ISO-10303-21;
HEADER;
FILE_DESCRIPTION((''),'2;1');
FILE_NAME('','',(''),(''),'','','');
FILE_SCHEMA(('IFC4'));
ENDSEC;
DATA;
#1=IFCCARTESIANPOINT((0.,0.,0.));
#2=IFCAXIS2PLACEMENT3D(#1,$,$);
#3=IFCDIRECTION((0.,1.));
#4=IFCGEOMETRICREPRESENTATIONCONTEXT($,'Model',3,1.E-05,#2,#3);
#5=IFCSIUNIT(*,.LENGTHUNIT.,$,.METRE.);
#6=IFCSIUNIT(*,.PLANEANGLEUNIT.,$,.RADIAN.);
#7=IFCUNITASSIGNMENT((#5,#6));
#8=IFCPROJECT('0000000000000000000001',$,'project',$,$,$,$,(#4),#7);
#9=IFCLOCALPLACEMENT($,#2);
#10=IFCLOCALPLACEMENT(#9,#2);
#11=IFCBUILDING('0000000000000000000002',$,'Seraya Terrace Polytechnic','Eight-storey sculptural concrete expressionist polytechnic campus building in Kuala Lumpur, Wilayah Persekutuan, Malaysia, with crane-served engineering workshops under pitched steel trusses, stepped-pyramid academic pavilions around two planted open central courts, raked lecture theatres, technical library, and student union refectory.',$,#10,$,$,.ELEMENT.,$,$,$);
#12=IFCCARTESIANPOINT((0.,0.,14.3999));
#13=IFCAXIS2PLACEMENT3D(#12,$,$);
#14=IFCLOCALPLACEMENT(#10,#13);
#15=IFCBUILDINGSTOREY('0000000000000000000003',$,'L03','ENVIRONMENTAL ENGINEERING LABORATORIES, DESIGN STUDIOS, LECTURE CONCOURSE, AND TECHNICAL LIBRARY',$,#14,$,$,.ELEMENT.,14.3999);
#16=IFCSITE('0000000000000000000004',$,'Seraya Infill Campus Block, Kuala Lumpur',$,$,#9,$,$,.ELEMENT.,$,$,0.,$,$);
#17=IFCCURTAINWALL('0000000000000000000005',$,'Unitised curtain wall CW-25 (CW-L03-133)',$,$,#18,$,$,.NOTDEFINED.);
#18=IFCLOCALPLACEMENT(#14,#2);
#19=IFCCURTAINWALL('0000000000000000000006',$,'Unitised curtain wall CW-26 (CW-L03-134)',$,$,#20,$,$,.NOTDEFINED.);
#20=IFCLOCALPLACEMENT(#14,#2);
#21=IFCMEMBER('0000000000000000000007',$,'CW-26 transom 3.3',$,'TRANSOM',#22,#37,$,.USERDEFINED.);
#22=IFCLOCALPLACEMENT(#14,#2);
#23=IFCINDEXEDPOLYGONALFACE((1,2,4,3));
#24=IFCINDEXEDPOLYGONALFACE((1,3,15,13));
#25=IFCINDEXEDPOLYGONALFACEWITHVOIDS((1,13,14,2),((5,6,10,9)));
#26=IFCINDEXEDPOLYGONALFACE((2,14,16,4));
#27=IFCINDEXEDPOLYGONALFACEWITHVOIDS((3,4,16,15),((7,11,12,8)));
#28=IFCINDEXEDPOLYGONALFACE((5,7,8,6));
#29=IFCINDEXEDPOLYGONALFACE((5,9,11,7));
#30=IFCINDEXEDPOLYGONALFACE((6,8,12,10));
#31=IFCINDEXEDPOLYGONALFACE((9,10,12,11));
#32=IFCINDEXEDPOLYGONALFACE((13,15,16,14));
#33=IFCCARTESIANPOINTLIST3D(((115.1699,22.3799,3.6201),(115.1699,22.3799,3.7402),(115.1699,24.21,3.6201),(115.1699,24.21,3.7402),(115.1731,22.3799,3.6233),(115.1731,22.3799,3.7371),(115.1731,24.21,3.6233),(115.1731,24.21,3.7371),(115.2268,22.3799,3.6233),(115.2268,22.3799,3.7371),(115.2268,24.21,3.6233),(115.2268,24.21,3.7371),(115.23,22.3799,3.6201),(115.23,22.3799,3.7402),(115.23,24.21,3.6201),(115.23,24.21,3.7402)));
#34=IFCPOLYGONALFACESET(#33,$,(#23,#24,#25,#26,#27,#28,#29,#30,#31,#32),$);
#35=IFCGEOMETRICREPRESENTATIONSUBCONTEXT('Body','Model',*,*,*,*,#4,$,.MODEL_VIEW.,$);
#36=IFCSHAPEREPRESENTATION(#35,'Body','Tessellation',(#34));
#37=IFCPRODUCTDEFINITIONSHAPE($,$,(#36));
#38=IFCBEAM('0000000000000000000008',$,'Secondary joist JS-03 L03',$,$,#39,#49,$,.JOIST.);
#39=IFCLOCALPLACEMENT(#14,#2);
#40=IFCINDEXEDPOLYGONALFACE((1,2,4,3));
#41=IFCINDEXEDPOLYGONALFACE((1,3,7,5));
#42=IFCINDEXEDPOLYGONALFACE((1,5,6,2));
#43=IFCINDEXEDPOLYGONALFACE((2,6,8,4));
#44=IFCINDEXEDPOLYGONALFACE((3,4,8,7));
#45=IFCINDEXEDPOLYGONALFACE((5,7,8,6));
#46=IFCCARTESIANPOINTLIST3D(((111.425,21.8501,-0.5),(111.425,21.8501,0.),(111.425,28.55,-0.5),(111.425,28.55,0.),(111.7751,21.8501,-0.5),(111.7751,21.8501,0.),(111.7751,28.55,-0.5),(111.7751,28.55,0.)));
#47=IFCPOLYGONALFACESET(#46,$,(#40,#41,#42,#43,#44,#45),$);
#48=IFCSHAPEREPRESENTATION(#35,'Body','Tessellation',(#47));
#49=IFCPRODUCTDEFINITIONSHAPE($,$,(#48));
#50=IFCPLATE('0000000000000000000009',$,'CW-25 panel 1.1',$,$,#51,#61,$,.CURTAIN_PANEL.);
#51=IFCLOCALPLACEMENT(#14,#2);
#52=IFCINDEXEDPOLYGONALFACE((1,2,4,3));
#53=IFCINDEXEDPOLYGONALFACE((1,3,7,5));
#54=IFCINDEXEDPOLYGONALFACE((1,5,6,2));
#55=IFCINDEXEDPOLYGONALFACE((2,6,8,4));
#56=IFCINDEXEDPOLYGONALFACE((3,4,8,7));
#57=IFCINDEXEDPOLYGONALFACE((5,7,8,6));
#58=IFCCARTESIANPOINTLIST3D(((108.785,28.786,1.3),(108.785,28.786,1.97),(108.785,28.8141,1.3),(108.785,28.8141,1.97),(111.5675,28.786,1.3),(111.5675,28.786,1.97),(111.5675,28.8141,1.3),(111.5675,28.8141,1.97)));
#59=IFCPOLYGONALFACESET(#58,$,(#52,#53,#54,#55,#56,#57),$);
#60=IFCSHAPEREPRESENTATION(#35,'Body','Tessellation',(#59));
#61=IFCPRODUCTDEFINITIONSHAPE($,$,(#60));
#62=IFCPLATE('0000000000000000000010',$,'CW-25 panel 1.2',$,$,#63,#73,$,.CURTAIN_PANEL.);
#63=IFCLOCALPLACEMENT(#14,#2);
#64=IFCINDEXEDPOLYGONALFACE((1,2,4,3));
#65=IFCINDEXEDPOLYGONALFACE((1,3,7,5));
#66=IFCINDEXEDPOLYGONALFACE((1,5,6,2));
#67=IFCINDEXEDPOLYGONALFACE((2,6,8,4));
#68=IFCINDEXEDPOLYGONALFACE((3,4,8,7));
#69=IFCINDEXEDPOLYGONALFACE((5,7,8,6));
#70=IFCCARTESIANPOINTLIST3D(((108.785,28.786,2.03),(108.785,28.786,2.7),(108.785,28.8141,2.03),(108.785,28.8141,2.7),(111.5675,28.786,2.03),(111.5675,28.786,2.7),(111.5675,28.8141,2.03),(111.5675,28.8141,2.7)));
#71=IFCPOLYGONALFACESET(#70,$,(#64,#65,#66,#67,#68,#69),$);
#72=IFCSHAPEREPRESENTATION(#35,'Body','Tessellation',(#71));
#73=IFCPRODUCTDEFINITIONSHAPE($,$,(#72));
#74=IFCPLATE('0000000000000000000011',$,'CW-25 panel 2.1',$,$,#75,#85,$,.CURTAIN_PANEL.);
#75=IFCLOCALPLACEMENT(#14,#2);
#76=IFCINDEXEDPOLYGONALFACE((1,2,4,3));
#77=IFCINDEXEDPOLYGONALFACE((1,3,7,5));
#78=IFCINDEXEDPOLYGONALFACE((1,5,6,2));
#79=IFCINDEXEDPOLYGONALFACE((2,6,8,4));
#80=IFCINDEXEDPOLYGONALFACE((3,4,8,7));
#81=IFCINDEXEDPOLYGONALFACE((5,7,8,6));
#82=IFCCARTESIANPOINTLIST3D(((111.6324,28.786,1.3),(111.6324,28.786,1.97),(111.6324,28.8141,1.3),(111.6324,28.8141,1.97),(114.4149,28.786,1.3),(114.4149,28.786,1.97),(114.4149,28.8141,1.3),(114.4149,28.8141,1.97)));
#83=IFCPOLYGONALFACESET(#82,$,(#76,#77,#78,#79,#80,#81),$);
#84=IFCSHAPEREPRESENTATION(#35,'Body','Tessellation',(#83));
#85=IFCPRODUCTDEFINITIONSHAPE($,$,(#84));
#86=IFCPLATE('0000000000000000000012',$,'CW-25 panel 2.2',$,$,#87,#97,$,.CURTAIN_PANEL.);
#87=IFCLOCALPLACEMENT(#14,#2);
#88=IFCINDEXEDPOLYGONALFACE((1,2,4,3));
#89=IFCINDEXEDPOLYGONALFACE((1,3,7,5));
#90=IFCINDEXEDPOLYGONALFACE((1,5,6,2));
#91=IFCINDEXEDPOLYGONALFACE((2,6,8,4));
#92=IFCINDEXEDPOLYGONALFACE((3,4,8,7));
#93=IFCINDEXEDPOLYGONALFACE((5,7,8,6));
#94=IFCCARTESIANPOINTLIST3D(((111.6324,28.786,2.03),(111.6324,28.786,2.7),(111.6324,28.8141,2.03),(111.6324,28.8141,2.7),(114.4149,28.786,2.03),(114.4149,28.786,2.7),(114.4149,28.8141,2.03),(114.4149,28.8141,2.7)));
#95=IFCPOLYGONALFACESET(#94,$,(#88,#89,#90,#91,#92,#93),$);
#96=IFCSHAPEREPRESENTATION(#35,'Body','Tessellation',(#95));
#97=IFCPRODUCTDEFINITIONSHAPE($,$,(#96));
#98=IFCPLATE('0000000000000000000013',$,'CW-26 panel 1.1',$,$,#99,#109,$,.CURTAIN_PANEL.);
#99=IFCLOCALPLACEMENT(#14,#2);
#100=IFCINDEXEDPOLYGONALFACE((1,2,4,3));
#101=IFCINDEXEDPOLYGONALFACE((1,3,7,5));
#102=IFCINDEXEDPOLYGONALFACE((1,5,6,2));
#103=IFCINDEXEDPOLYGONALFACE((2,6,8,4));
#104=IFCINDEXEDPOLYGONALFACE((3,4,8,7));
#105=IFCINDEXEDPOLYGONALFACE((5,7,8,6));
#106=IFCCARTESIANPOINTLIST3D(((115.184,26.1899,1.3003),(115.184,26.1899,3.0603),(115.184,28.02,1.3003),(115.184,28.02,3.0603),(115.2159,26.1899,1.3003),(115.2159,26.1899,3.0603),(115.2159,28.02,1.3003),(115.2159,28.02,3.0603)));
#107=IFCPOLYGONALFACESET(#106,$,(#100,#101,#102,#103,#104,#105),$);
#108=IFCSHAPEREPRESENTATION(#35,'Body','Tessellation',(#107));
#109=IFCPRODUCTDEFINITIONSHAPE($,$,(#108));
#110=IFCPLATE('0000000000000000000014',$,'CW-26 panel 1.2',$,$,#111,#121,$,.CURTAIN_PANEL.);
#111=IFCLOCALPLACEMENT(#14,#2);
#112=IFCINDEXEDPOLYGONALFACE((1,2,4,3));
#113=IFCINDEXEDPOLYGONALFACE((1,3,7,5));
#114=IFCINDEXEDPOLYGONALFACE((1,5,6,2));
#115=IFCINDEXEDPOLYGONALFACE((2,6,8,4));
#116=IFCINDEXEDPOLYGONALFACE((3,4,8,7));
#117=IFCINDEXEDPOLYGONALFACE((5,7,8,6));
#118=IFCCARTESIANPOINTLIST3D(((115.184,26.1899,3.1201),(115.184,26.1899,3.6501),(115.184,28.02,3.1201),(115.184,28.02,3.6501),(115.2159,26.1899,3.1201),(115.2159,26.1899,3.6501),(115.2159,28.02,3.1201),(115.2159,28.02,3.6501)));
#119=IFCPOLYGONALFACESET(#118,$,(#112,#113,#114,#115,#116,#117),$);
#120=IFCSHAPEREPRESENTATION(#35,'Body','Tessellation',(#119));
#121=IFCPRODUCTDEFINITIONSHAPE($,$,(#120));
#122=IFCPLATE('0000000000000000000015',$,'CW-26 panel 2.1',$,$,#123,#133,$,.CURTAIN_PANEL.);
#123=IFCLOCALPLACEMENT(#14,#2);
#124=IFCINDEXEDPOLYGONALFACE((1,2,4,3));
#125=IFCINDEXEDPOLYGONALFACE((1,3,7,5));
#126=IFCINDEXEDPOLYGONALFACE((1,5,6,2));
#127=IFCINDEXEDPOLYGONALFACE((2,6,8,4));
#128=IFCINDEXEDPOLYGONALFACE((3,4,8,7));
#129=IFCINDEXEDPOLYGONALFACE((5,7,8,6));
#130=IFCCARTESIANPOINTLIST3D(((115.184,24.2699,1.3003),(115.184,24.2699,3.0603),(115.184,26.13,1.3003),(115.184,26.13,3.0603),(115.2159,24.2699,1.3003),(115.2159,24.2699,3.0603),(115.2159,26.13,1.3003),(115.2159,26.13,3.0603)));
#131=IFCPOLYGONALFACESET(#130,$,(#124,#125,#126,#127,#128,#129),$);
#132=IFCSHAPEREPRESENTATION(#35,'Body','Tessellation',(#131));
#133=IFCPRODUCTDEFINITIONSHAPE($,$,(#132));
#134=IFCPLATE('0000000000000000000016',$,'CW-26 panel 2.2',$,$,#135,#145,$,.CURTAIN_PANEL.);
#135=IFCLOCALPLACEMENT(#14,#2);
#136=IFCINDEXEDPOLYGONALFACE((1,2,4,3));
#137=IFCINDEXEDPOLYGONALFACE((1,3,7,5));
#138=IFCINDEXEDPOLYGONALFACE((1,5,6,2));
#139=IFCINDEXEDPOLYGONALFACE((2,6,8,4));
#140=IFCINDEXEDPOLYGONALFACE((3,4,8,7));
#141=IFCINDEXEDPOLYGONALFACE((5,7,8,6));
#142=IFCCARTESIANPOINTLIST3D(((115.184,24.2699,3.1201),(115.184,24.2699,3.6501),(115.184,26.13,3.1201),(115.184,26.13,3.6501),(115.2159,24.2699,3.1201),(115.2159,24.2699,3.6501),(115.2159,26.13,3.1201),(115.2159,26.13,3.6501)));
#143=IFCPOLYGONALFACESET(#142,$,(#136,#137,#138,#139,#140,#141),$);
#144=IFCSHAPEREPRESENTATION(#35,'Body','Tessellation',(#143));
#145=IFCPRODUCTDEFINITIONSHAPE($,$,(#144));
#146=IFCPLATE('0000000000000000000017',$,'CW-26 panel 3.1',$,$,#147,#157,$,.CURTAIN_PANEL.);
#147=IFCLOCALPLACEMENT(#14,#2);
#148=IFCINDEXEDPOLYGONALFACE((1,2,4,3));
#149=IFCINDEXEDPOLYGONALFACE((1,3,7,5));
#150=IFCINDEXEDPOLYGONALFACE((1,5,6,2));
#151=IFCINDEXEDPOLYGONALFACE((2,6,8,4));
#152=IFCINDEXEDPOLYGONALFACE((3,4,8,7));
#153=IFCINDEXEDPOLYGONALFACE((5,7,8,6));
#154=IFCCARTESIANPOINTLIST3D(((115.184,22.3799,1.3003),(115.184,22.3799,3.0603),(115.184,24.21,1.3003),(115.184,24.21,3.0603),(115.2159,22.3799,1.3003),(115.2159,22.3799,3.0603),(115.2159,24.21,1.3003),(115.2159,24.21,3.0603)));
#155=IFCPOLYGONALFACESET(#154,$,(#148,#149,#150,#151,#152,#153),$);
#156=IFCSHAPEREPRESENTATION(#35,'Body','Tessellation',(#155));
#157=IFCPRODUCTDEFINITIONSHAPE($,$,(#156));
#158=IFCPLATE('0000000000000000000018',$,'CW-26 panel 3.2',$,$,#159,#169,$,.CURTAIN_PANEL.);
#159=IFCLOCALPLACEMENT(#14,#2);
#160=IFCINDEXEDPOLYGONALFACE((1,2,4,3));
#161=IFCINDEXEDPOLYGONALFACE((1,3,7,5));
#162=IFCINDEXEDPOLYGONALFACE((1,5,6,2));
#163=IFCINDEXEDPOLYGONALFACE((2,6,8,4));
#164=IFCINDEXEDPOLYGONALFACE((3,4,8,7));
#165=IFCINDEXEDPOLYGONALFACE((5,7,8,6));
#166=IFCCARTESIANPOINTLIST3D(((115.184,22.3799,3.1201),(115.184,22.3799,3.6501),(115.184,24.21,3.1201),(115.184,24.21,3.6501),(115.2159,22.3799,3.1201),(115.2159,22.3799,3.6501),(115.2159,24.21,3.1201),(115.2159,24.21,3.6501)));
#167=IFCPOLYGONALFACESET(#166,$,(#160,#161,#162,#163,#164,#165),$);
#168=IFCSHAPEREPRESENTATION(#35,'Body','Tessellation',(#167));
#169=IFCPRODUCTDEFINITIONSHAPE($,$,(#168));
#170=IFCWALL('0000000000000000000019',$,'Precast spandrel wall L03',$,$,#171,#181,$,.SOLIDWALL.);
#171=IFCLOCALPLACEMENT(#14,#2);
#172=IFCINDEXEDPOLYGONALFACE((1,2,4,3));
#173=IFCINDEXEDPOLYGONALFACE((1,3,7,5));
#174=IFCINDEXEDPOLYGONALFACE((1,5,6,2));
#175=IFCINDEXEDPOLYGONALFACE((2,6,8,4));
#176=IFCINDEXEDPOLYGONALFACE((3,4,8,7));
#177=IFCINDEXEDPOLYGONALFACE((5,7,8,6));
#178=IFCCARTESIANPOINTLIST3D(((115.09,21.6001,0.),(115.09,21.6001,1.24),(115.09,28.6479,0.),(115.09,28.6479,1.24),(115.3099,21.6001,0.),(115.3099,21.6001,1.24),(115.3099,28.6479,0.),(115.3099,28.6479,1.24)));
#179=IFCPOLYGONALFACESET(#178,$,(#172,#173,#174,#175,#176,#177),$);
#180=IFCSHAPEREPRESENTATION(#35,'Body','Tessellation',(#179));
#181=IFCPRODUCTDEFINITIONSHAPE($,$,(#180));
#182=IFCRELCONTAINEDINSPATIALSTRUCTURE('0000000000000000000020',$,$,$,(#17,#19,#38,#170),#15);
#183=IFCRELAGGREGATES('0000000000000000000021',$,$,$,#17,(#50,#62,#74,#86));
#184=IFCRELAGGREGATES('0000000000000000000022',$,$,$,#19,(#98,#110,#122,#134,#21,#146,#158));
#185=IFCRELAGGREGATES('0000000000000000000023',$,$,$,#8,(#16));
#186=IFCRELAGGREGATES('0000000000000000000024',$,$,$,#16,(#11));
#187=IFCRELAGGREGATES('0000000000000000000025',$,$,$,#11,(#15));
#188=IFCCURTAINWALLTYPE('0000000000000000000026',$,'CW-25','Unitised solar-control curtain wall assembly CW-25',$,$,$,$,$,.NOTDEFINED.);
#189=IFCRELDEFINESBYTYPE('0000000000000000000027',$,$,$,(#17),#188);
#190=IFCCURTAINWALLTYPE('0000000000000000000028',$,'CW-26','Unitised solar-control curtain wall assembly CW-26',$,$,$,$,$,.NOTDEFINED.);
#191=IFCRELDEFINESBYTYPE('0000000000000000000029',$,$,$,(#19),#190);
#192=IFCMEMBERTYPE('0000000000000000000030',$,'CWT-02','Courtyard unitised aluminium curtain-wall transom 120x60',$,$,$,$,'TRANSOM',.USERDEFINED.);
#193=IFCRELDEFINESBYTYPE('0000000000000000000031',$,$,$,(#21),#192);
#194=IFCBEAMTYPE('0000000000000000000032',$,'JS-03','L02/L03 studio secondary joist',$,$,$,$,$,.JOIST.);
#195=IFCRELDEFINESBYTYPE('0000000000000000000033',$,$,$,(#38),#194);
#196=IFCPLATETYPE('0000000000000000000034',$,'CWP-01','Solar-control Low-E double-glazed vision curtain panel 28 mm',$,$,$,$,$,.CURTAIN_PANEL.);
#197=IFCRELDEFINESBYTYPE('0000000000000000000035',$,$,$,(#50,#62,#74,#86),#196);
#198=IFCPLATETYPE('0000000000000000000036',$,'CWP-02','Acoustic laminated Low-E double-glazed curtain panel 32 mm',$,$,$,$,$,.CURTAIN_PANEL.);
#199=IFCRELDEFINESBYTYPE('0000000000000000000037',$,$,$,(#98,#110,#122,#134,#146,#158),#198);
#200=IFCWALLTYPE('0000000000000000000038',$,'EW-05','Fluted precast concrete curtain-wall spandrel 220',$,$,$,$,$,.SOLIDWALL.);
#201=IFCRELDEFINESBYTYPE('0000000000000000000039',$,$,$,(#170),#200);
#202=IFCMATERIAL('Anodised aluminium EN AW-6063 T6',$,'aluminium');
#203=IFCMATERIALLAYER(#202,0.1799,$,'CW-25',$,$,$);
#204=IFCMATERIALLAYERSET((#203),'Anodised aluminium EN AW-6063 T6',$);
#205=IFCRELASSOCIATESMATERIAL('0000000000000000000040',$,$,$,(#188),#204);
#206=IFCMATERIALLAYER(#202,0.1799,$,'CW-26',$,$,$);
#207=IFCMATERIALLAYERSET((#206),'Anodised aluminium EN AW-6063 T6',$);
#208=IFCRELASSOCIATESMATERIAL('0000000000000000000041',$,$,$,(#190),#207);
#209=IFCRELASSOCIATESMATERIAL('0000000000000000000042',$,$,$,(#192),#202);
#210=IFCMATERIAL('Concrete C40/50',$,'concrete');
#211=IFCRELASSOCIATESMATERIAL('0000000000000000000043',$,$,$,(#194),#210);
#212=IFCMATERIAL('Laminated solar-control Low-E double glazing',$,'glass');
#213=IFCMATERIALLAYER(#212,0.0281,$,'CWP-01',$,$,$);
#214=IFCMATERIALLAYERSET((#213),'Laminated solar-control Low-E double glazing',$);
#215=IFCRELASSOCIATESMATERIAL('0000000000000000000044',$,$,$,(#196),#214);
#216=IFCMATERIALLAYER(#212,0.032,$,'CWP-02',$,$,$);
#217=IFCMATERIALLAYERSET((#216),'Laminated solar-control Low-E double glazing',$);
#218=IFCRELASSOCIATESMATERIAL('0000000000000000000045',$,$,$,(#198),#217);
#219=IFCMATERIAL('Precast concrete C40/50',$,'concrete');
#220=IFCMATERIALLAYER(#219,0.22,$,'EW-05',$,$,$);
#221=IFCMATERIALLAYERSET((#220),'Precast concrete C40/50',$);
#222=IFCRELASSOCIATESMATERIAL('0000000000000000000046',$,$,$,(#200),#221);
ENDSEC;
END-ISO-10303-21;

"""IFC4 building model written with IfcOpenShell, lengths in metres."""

from ifc_helpers import new_model, si_unit, direction, frame, frame_2d, origin, origin_2d, place, context, subcontext, project, spatial, rectangle, hollow_rectangle, extrude, material, layer, layer_set, material_profile, profile_set, type_object, element, aggregate, save


model = new_model("IFC4")

# Units and contexts
model_context = context("Model", 3, precision=1e-05, world=origin(), true_north=direction((0.0, 1.0)))
body_context = subcontext(model_context, "Body", "Model", "MODEL_VIEW")
ifc_project = project(units=[si_unit("LENGTHUNIT", "METRE"), si_unit("PLANEANGLEUNIT", "RADIAN")], contexts=[model_context])

# Site, building, storey
site_placement = place(None, origin())
site = spatial("IfcSite", under=ifc_project, at=site_placement, Name="Seraya Infill Campus Block, Kuala Lumpur", CompositionType="ELEMENT", RefElevation=0.0)
building_placement = place(site_placement, origin())
building = spatial("IfcBuilding", under=site, at=building_placement, Name="Seraya Terrace Polytechnic", Description="Eight-storey sculptural concrete expressionist polytechnic campus building in Kuala Lumpur, Wilayah Persekutuan, Malaysia, with crane-served engineering workshops under pitched steel trusses, stepped-pyramid academic pavilions around two planted open central courts, raked lecture theatres, technical library, and student union refectory.", CompositionType="ELEMENT")
storey_placement = place(building_placement, frame((0.0, 0.0, 14.3999)))
storey = spatial("IfcBuildingStorey", under=building, at=storey_placement, Name="L03", Description="ENVIRONMENTAL ENGINEERING LABORATORIES, DESIGN STUDIOS, LECTURE CONCOURSE, AND TECHNICAL LIBRARY", CompositionType="ELEMENT", Elevation=14.3999)

# Shared definitions
ifc_material_1 = material(Name="Concrete C40/50", Category="concrete")

# Curtain walls
ifc_material_2 = material(Name="Anodised aluminium EN AW-6063 T6", Category="aluminium")
ifc_layer_1 = layer(ifc_material_2, 0.1799, Name="CW-25")
ifc_layer_set_1 = layer_set([ifc_layer_1], Name="Anodised aluminium EN AW-6063 T6")
curtain_wall_type_1 = type_object("IfcCurtainWallType", Name="CW-25", Description="Unitised solar-control curtain wall assembly CW-25", PredefinedType="NOTDEFINED", material=ifc_layer_set_1)
curtain_wall_1_placement = place(storey_placement, origin())
curtain_wall_1 = element("IfcCurtainWall", 1, at=curtain_wall_1_placement, inside=storey, type_object=curtain_wall_type_1, Name="Unitised curtain wall CW-25 (CW-L03-133)", PredefinedType="NOTDEFINED")
ifc_layer_2 = layer(ifc_material_2, 0.1799, Name="CW-26")
ifc_layer_set_2 = layer_set([ifc_layer_2], Name="Anodised aluminium EN AW-6063 T6")
curtain_wall_type_2 = type_object("IfcCurtainWallType", Name="CW-26", Description="Unitised solar-control curtain wall assembly CW-26", PredefinedType="NOTDEFINED", material=ifc_layer_set_2)
curtain_wall_2_placement = place(storey_placement, origin())
curtain_wall_2 = element("IfcCurtainWall", 2, at=curtain_wall_2_placement, inside=storey, type_object=curtain_wall_type_2, Name="Unitised curtain wall CW-26 (CW-L03-134)", PredefinedType="NOTDEFINED")

# Member
ifc_material_profile_1 = material_profile(ifc_material_2, hollow_rectangle(XDim=0.0601, YDim=0.1201, WallThickness=0.0032, at=origin_2d()), Name="RHS 120x60x3.2")
ifc_profile_set_1 = profile_set([ifc_material_profile_1], Name="Anodised aluminium EN AW-6063 T6")
member_type_1 = type_object("IfcMemberType", Name="CWT-02", Description="Courtyard unitised aluminium curtain-wall transom 120x60", ElementType="TRANSOM", PredefinedType="USERDEFINED", material=ifc_profile_set_1)
member_1_placement = place(storey_placement, frame((115.2, 24.21, 3.6802), z_axis=(0.0, -1.0, 0.0), x_axis=(1.0, 0.0, 0.0)))
member_1 = element("IfcMember", 3, at=member_1_placement, type_object=member_type_1, Name="CW-26 transom 3.3", ObjectType="TRANSOM", PredefinedType="USERDEFINED", context=body_context, shape_type="SweptSolid", body=[
    extrude(hollow_rectangle(XDim=0.0601, YDim=0.1201, WallThickness=0.0032, at=origin_2d()), origin(), (0.0, 0.0, 1.0), 1.8301),
])

# Beam
ifc_material_profile_2 = material_profile(ifc_material_1, rectangle(XDim=0.3501, YDim=0.5, at=origin_2d()), Name="RC 350x500")
ifc_profile_set_2 = profile_set([ifc_material_profile_2], Name="Concrete C40/50")
beam_type_1 = type_object("IfcBeamType", Name="JS-03", Description="L02/L03 studio secondary joist", PredefinedType="JOIST", material=ifc_profile_set_2)
beam_1_placement = place(storey_placement, frame((111.6001, 21.8501, -0.25), z_axis=(0.0, 1.0, 0.0), x_axis=(-1.0, 0.0, 0.0)))
element("IfcBeam", 4, at=beam_1_placement, inside=storey, type_object=beam_type_1, Name="Secondary joist JS-03 L03", PredefinedType="JOIST", context=body_context, shape_type="SweptSolid", body=[
    extrude(rectangle(XDim=0.3501, YDim=0.5, at=origin_2d()), origin(), (0.0, 0.0, 1.0), 6.7),
])

# Plates
ifc_material_3 = material(Name="Laminated solar-control Low-E double glazing", Category="glass")
ifc_layer_3 = layer(ifc_material_3, 0.0281, Name="CWP-01")
ifc_layer_set_3 = layer_set([ifc_layer_3], Name="Laminated solar-control Low-E double glazing")
plate_type_1 = type_object("IfcPlateType", Name="CWP-01", Description="Solar-control Low-E double-glazed vision curtain panel 28 mm", PredefinedType="CURTAIN_PANEL", material=ifc_layer_set_3)
plate_1_placement = place(storey_placement, frame((110.1763, 28.8, 1.3), z_axis=(0.0, 0.0, 1.0), x_axis=(1.0, 0.0, 0.0)))
plate_1 = element("IfcPlate", 5, at=plate_1_placement, type_object=plate_type_1, Name="CW-25 panel 1.1", PredefinedType="CURTAIN_PANEL", context=body_context, shape_type="SweptSolid", body=[
    extrude(rectangle(XDim=2.7825, YDim=0.0281, at=origin_2d()), origin(), (0.0, 0.0, 1.0), 0.6699),
])
plate_2_placement = place(storey_placement, frame((110.1763, 28.8, 2.03), z_axis=(0.0, 0.0, 1.0), x_axis=(1.0, 0.0, 0.0)))
plate_2 = element("IfcPlate", 6, at=plate_2_placement, type_object=plate_type_1, Name="CW-25 panel 1.2", PredefinedType="CURTAIN_PANEL", context=body_context, shape_type="SweptSolid", body=[
    extrude(rectangle(XDim=2.7825, YDim=0.0281, at=origin_2d()), origin(), (0.0, 0.0, 1.0), 0.6699),
])
plate_3_placement = place(storey_placement, frame((113.0237, 28.8, 1.3), z_axis=(0.0, 0.0, 1.0), x_axis=(1.0, 0.0, 0.0)))
plate_3 = element("IfcPlate", 7, at=plate_3_placement, type_object=plate_type_1, Name="CW-25 panel 2.1", PredefinedType="CURTAIN_PANEL", context=body_context, shape_type="SweptSolid", body=[
    extrude(rectangle(XDim=2.7825, YDim=0.0281, at=origin_2d()), origin(), (0.0, 0.0, 1.0), 0.6699),
])
plate_4_placement = place(storey_placement, frame((113.0237, 28.8, 2.03), z_axis=(0.0, 0.0, 1.0), x_axis=(1.0, 0.0, 0.0)))
plate_4 = element("IfcPlate", 8, at=plate_4_placement, type_object=plate_type_1, Name="CW-25 panel 2.2", PredefinedType="CURTAIN_PANEL", context=body_context, shape_type="SweptSolid", body=[
    extrude(rectangle(XDim=2.7825, YDim=0.0281, at=origin_2d()), origin(), (0.0, 0.0, 1.0), 0.6699),
])
aggregate(curtain_wall_1, [plate_1, plate_2, plate_3, plate_4])
ifc_layer_4 = layer(ifc_material_3, 0.032, Name="CWP-02")
ifc_layer_set_4 = layer_set([ifc_layer_4], Name="Laminated solar-control Low-E double glazing")
plate_type_2 = type_object("IfcPlateType", Name="CWP-02", Description="Acoustic laminated Low-E double-glazed curtain panel 32 mm", PredefinedType="CURTAIN_PANEL", material=ifc_layer_set_4)
plate_5_placement = place(storey_placement, frame((115.2, 27.105, 1.3003), z_axis=(0.0, 0.0, 1.0), x_axis=(0.0, -1.0, 0.0)))
plate_5 = element("IfcPlate", 9, at=plate_5_placement, type_object=plate_type_2, Name="CW-26 panel 1.1", PredefinedType="CURTAIN_PANEL", context=body_context, shape_type="SweptSolid", body=[
    extrude(rectangle(XDim=1.8301, YDim=0.032, at=origin_2d()), origin(), (0.0, 0.0, 1.0), 1.76),
])
plate_6_placement = place(storey_placement, frame((115.2, 27.105, 3.1201), z_axis=(0.0, 0.0, 1.0), x_axis=(0.0, -1.0, 0.0)))
plate_6 = element("IfcPlate", 10, at=plate_6_placement, type_object=plate_type_2, Name="CW-26 panel 1.2", PredefinedType="CURTAIN_PANEL", context=body_context, shape_type="SweptSolid", body=[
    extrude(rectangle(XDim=1.8301, YDim=0.032, at=origin_2d()), origin(), (0.0, 0.0, 1.0), 0.53),
])
plate_7_placement = place(storey_placement, frame((115.2, 25.2, 1.3003), z_axis=(0.0, 0.0, 1.0), x_axis=(0.0, -1.0, 0.0)))
plate_7 = element("IfcPlate", 11, at=plate_7_placement, type_object=plate_type_2, Name="CW-26 panel 2.1", PredefinedType="CURTAIN_PANEL", context=body_context, shape_type="SweptSolid", body=[
    extrude(rectangle(XDim=1.8601, YDim=0.032, at=origin_2d()), origin(), (0.0, 0.0, 1.0), 1.76),
])
plate_8_placement = place(storey_placement, frame((115.2, 25.2, 3.1201), z_axis=(0.0, 0.0, 1.0), x_axis=(0.0, -1.0, 0.0)))
plate_8 = element("IfcPlate", 12, at=plate_8_placement, type_object=plate_type_2, Name="CW-26 panel 2.2", PredefinedType="CURTAIN_PANEL", context=body_context, shape_type="SweptSolid", body=[
    extrude(rectangle(XDim=1.8601, YDim=0.032, at=origin_2d()), origin(), (0.0, 0.0, 1.0), 0.53),
])
plate_9_placement = place(storey_placement, frame((115.2, 23.2949, 1.3003), z_axis=(0.0, 0.0, 1.0), x_axis=(0.0, -1.0, 0.0)))
plate_9 = element("IfcPlate", 13, at=plate_9_placement, type_object=plate_type_2, Name="CW-26 panel 3.1", PredefinedType="CURTAIN_PANEL", context=body_context, shape_type="SweptSolid", body=[
    extrude(rectangle(XDim=1.8301, YDim=0.032, at=origin_2d()), origin(), (0.0, 0.0, 1.0), 1.76),
])
plate_10_placement = place(storey_placement, frame((115.2, 23.2949, 3.1201), z_axis=(0.0, 0.0, 1.0), x_axis=(0.0, -1.0, 0.0)))
plate_10 = element("IfcPlate", 14, at=plate_10_placement, type_object=plate_type_2, Name="CW-26 panel 3.2", PredefinedType="CURTAIN_PANEL", context=body_context, shape_type="SweptSolid", body=[
    extrude(rectangle(XDim=1.8301, YDim=0.032, at=origin_2d()), origin(), (0.0, 0.0, 1.0), 0.53),
])
aggregate(curtain_wall_2, [plate_5, plate_6, plate_7, plate_8, member_1, plate_9, plate_10])

# Wall
ifc_material_4 = material(Name="Precast concrete C40/50", Category="concrete")
ifc_layer_5 = layer(ifc_material_4, 0.22, Name="EW-05")
ifc_layer_set_5 = layer_set([ifc_layer_5], Name="Precast concrete C40/50")
wall_type = type_object("IfcWallType", Name="EW-05", Description="Fluted precast concrete curtain-wall spandrel 220", PredefinedType="SOLIDWALL", material=ifc_layer_set_5)
wall_placement = place(storey_placement, frame((115.2, 28.6479, 0.0), z_axis=(0.0, 0.0, 1.0), x_axis=(0.0, -1.0, 0.0)))
element("IfcWall", 15, at=wall_placement, inside=storey, type_object=wall_type, Name="Precast spandrel wall L03", PredefinedType="SOLIDWALL", context=body_context, shape_type="SweptSolid", body=[
    extrude(rectangle(XDim=7.0479, YDim=0.22, at=frame_2d((3.5239, 0.0))), origin(), (0.0, 0.0, 1.0), 1.24),
])

save(model, "model.ifc")
